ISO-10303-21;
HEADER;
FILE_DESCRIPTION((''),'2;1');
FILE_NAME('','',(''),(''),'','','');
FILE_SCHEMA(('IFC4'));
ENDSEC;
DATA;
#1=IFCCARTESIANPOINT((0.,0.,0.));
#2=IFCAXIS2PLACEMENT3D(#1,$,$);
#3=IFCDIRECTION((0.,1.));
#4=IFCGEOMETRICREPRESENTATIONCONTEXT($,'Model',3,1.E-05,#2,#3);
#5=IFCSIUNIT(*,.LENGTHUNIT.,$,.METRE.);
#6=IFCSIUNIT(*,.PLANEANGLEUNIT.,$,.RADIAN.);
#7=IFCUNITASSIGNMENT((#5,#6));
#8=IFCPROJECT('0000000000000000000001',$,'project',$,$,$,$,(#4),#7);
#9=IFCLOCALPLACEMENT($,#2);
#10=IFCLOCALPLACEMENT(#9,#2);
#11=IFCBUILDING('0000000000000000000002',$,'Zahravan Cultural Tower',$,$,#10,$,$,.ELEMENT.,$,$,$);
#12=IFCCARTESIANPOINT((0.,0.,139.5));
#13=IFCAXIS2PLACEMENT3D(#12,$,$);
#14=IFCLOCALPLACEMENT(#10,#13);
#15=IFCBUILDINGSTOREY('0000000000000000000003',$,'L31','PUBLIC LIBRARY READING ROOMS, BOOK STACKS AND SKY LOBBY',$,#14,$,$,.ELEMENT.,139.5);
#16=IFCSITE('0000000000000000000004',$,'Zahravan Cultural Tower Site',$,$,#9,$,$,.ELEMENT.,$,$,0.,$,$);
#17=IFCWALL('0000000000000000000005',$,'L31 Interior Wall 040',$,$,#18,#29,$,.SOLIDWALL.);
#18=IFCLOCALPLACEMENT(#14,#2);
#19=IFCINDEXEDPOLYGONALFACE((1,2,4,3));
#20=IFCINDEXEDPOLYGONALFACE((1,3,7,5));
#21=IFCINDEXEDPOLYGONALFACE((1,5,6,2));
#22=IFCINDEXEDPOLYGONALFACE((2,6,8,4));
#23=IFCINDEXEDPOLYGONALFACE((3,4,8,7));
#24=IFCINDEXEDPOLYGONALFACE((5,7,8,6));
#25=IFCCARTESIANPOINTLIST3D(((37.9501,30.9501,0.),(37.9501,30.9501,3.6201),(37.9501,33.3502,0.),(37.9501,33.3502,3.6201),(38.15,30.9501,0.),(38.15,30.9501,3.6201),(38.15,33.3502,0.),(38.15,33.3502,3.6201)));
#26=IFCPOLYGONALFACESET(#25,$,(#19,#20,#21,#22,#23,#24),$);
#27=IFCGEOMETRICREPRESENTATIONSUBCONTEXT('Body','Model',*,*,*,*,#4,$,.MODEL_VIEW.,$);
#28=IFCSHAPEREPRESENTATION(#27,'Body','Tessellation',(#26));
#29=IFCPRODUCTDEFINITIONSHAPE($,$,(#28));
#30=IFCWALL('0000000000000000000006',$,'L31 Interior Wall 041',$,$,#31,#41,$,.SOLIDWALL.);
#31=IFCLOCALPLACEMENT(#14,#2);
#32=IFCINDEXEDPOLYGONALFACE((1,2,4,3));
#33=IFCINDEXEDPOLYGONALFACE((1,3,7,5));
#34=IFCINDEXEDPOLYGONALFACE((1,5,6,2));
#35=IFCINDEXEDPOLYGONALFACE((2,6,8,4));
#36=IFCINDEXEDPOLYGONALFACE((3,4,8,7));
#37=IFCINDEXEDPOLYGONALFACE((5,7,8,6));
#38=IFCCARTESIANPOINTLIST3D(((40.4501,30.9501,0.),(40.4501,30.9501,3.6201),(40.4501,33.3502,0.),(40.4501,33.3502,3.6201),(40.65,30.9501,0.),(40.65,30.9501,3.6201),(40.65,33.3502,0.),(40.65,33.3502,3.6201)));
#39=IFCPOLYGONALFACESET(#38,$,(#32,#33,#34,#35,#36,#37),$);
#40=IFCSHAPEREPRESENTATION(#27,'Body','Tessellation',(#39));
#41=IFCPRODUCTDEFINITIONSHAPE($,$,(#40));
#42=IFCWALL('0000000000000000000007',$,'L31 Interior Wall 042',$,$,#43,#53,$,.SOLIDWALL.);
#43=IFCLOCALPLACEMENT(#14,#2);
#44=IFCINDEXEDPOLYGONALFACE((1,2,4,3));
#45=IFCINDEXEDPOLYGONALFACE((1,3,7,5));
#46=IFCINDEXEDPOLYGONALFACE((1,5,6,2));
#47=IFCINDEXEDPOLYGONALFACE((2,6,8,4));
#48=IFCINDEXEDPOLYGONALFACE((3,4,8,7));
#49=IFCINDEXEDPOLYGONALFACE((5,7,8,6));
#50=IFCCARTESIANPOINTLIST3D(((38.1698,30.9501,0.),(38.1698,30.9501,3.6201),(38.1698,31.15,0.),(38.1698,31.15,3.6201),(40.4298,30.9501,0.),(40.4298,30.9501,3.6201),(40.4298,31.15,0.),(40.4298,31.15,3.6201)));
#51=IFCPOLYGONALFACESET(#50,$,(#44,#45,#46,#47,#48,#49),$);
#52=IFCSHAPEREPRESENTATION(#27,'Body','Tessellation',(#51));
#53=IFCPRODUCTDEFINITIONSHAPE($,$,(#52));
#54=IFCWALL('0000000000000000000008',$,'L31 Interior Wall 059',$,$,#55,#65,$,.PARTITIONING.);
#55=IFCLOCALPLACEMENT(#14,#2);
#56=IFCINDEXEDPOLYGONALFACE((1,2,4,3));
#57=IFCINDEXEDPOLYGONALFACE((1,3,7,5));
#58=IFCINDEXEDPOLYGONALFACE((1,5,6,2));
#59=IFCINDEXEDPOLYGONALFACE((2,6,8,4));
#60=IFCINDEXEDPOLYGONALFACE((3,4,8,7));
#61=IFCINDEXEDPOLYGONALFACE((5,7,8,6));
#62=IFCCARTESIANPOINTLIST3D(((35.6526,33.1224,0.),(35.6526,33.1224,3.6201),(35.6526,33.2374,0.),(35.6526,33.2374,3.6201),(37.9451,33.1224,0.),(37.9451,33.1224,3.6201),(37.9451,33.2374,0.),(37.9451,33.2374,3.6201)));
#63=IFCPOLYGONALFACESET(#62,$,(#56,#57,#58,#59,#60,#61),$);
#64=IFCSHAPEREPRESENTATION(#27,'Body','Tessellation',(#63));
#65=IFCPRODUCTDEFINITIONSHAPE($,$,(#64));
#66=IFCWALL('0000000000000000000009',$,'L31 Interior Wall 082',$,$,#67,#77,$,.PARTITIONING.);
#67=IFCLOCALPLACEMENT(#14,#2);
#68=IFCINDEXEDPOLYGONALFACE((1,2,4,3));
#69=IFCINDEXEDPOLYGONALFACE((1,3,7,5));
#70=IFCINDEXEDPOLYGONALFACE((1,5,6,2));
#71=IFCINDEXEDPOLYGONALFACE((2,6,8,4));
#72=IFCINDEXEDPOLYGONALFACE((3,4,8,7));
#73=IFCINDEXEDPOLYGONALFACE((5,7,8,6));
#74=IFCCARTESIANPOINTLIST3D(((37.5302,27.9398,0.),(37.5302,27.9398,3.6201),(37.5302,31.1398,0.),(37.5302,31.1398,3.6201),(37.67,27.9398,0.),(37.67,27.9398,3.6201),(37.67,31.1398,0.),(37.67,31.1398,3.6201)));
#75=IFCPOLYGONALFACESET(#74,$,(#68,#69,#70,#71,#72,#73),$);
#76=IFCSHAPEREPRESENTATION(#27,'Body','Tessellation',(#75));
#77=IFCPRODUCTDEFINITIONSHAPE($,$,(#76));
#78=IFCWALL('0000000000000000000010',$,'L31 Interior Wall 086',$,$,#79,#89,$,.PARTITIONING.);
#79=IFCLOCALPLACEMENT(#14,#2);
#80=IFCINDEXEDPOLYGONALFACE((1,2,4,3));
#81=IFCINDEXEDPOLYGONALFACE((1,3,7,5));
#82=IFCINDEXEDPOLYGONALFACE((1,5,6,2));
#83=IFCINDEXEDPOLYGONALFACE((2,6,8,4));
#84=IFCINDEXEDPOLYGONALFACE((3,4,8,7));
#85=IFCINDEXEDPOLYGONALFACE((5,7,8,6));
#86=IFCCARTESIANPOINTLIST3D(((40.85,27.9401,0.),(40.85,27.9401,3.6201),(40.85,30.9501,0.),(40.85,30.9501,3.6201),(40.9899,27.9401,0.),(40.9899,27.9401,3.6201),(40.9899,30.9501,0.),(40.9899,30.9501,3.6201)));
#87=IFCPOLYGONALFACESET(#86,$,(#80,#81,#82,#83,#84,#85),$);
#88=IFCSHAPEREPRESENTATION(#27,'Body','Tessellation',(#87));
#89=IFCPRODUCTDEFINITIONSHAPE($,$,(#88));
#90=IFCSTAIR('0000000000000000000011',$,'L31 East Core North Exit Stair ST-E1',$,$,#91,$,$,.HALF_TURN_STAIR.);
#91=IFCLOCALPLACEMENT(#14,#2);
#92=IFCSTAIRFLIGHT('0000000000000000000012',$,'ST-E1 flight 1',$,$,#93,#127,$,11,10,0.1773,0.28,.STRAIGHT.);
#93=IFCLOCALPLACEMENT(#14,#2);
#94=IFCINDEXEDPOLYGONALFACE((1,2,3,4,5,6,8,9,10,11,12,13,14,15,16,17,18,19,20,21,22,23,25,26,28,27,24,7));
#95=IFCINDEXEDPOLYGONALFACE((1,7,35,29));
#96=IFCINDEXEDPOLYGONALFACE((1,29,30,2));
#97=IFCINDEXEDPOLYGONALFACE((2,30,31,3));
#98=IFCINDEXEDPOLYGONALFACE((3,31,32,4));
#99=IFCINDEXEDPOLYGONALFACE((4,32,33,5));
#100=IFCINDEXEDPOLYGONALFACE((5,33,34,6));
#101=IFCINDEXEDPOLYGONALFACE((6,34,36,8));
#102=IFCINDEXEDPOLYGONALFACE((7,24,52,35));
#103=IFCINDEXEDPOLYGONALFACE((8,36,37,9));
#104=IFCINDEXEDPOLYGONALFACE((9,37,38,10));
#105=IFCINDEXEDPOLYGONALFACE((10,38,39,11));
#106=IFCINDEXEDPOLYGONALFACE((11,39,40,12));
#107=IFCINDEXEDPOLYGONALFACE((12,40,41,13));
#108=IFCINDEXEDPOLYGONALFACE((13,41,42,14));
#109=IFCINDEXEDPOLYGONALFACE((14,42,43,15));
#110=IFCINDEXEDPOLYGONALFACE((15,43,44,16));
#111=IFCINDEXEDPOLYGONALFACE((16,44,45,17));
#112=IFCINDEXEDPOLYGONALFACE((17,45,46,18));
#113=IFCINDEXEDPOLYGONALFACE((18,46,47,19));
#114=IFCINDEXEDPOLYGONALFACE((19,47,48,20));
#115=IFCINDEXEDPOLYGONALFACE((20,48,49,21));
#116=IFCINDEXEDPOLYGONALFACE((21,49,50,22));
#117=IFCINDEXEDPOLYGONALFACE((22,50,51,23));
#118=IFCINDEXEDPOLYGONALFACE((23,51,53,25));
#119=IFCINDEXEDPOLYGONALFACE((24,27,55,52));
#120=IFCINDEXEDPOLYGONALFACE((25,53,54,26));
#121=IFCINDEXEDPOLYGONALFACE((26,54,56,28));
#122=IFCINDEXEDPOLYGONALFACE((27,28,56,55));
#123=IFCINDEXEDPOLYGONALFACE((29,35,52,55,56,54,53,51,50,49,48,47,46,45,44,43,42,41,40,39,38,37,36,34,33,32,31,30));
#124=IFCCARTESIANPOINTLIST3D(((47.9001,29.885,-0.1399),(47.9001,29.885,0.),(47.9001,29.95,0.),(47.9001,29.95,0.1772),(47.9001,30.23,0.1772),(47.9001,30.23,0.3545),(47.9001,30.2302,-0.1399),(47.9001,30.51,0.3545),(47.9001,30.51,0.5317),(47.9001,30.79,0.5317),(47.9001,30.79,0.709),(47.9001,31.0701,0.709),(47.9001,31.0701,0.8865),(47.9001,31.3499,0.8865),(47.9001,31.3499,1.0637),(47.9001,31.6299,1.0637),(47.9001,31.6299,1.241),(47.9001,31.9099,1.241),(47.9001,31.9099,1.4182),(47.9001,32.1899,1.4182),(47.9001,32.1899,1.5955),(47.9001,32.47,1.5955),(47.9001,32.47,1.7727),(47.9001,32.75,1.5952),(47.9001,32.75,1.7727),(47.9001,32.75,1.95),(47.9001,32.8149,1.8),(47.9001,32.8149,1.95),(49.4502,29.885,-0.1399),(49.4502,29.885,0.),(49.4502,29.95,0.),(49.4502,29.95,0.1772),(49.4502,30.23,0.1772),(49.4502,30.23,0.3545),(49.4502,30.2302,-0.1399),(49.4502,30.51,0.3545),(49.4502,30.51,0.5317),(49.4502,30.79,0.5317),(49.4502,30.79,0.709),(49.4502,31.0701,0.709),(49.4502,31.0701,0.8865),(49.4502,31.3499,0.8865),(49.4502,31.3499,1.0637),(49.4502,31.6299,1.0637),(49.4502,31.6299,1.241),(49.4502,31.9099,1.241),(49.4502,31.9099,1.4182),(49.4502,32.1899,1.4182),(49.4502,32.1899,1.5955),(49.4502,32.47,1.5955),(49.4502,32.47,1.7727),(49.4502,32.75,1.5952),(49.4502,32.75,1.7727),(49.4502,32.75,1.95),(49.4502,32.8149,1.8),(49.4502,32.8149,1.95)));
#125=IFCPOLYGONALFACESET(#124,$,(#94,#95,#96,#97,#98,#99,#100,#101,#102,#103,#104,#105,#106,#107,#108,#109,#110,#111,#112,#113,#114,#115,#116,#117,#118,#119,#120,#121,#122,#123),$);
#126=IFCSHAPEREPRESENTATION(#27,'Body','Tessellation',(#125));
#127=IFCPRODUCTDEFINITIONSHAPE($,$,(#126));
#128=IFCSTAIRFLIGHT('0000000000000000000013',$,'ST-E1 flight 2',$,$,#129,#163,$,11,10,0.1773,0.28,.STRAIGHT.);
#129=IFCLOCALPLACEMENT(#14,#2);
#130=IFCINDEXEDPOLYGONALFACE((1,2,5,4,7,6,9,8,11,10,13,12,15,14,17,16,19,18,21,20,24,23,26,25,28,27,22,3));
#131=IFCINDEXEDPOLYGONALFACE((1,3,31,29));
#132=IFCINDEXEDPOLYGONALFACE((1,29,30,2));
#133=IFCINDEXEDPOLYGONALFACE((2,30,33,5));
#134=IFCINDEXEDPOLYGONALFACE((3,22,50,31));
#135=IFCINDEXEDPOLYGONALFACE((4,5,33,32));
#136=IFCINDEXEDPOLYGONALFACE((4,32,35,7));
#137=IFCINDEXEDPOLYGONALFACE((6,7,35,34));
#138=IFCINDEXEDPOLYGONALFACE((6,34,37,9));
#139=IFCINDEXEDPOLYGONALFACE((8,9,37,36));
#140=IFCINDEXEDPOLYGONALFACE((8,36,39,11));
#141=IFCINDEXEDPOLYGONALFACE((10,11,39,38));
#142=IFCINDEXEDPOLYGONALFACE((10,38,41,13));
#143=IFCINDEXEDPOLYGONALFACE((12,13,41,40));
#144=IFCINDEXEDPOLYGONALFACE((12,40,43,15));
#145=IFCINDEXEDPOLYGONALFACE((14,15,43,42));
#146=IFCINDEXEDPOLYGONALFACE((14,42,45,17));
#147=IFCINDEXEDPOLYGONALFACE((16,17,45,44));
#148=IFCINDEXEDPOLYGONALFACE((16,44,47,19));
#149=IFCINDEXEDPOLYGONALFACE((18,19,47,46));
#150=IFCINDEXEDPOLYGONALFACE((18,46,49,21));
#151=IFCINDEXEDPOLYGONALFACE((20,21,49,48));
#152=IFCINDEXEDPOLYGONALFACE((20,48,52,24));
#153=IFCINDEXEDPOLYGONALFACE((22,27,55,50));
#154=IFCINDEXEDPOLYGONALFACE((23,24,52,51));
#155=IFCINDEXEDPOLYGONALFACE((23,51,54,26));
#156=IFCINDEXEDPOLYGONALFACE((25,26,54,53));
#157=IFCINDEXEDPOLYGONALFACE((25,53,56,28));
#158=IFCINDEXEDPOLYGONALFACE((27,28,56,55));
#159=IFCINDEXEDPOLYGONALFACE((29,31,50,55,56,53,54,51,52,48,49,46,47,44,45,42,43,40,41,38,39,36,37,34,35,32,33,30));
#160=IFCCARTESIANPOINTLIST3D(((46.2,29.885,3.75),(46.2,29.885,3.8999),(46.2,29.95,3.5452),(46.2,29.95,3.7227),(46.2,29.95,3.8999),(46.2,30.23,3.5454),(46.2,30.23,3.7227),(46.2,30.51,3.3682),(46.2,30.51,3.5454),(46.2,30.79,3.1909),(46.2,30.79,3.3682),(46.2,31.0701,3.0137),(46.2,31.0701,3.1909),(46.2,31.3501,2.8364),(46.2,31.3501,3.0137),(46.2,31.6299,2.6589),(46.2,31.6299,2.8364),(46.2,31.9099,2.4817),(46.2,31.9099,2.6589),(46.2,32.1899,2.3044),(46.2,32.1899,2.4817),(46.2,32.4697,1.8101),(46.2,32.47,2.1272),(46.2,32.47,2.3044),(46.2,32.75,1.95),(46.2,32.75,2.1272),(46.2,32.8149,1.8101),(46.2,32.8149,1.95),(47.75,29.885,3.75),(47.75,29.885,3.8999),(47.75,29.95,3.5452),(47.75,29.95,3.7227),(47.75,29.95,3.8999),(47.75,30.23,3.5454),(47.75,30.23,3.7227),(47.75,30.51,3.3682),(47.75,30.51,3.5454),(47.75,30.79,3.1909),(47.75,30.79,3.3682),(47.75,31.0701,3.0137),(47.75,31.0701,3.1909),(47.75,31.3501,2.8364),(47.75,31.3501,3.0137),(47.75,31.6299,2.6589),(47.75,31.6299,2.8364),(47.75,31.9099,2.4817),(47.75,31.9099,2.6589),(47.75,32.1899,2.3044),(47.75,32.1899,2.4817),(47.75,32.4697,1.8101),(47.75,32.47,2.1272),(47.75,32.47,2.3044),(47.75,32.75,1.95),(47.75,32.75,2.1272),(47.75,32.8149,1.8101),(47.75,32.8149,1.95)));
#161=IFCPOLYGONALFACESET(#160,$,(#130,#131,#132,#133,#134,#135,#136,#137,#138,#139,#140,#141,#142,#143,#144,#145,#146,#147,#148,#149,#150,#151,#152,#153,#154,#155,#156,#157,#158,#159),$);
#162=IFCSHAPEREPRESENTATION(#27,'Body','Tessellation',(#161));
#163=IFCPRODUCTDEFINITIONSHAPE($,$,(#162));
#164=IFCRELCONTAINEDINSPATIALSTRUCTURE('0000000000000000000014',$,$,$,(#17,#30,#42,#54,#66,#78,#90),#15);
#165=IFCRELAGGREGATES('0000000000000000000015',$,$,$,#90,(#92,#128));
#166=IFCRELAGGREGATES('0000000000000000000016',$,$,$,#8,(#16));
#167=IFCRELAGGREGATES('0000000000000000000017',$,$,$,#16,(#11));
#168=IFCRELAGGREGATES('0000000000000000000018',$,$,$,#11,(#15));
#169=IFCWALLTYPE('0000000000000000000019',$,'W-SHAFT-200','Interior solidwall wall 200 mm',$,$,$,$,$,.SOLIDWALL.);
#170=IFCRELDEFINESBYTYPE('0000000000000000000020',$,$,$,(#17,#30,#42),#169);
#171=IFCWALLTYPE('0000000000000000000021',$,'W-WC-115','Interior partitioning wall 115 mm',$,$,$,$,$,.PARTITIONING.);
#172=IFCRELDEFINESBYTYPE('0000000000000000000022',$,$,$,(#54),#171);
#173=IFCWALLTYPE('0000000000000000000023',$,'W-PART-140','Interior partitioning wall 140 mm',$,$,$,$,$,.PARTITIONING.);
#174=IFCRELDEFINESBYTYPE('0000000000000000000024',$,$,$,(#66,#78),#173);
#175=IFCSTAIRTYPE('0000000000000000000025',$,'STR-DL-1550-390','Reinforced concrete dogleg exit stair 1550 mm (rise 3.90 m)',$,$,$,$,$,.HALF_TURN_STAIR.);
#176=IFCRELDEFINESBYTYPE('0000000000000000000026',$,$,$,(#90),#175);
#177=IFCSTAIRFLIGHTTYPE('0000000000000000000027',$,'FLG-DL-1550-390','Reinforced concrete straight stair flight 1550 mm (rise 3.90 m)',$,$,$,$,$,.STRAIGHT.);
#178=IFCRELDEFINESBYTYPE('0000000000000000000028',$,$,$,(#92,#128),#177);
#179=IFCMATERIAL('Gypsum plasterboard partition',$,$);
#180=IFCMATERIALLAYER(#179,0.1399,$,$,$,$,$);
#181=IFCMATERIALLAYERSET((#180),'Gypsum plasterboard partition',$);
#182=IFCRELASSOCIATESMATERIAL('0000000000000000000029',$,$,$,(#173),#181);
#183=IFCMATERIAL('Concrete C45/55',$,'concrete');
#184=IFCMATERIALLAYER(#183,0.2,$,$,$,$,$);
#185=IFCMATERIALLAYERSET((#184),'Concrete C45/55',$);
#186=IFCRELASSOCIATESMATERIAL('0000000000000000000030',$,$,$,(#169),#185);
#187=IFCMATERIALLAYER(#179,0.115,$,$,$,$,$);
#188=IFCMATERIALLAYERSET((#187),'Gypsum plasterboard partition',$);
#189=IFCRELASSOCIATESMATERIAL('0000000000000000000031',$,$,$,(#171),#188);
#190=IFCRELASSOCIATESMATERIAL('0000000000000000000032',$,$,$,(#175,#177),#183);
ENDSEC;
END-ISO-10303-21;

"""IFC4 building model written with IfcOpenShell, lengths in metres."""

from ifc_helpers import new_model, si_unit, direction, frame, frame_2d, origin, place, context, subcontext, project, spatial, polyline, rectangle, outline, extrude, source, transform, mapped, material, layer, layer_set, type_object, element, aggregate, save


model = new_model("IFC4")

# Units and contexts
model_context = context("Model", 3, precision=1e-05, world=origin(), true_north=direction((0.0, 1.0)))
body_context = subcontext(model_context, "Body", "Model", "MODEL_VIEW")
ifc_project = project(units=[si_unit("LENGTHUNIT", "METRE"), si_unit("PLANEANGLEUNIT", "RADIAN")], contexts=[model_context])

# Site, building, storey
site_placement = place(None, origin())
site = spatial("IfcSite", under=ifc_project, at=site_placement, Name="Zahravan Cultural Tower Site", CompositionType="ELEMENT", RefElevation=0.0)
building_placement = place(site_placement, origin())
building = spatial("IfcBuilding", under=site, at=building_placement, Name="Zahravan Cultural Tower", CompositionType="ELEMENT")
storey_placement = place(building_placement, frame((0.0, 0.0, 139.5)))
storey = spatial("IfcBuildingStorey", under=building, at=storey_placement, Name="L31", Description="PUBLIC LIBRARY READING ROOMS, BOOK STACKS AND SKY LOBBY", CompositionType="ELEMENT", Elevation=139.5)

# Shared definitions
ifc_material_1 = material(Name="Gypsum plasterboard partition")
ifc_layer_1 = layer(ifc_material_1, 0.1399)
ifc_layer_set_1 = layer_set([ifc_layer_1], Name="Gypsum plasterboard partition")
wall_type_1 = type_object("IfcWallType", Name="W-PART-140", Description="Interior partitioning wall 140 mm", PredefinedType="PARTITIONING", material=ifc_layer_set_1)
ifc_material_2 = material(Name="Concrete C45/55", Category="concrete")
ifc_layer_2 = layer(ifc_material_2, 0.2)
ifc_layer_set_2 = layer_set([ifc_layer_2], Name="Concrete C45/55")
wall_type_2 = type_object("IfcWallType", Name="W-SHAFT-200", Description="Interior solidwall wall 200 mm", PredefinedType="SOLIDWALL", material=ifc_layer_set_2)
ifc_layer_3 = layer(ifc_material_1, 0.115)
ifc_layer_set_3 = layer_set([ifc_layer_3], Name="Gypsum plasterboard partition")
wall_type_3 = type_object("IfcWallType", Name="W-WC-115", Description="Interior partitioning wall 115 mm", PredefinedType="PARTITIONING", material=ifc_layer_set_3)

# Walls
shared_shape_1 = source(origin(), body_context, "Body", "SweptSolid", [
    extrude(rectangle(XDim=2.4001, YDim=0.2, at=frame_2d((1.2002, 0.0))), origin(), (0.0, 0.0, 1.0), 3.6201),
])
for number, where, z_axis, x_axis, name in (
    (1, (38.05, 30.95, 0.0), (0.0, 0.0, 1.0), (0.0, 1.0, 0.0), "L31 Interior Wall 040"),
    (2, (40.55, 30.95, 0.0), (0.0, 0.0, 1.0), (0.0, 1.0, 0.0), "L31 Interior Wall 041"),
):
    element("IfcWall", number, at=place(storey_placement, frame(where, z_axis=z_axis, x_axis=x_axis)), inside=storey, type_object=wall_type_2, Name=name, PredefinedType="SOLIDWALL", context=body_context, shape_type="MappedRepresentation", body=[
        mapped(shared_shape_1, transform((0.0, 0.0, 0.0), x_axis=(1.0, 0.0, 0.0), y_axis=(0.0, 1.0, 0.0), z_axis=(0.0, 0.0, 1.0), scale=1.0)),
    ])
shared_shape_2 = source(origin(), body_context, "Body", "SweptSolid", [
    extrude(rectangle(XDim=2.26, YDim=0.2, at=frame_2d((1.1299, 0.0))), origin(), (0.0, 0.0, 1.0), 3.6201),
])
wall_1_placement = place(storey_placement, frame((38.1699, 31.05, 0.0), z_axis=(0.0, 0.0, 1.0), x_axis=(1.0, 0.0, 0.0)))
element("IfcWall", 3, at=wall_1_placement, inside=storey, type_object=wall_type_2, Name="L31 Interior Wall 042", PredefinedType="SOLIDWALL", context=body_context, shape_type="MappedRepresentation", body=[
    mapped(shared_shape_2, transform((0.0, 0.0, 0.0), x_axis=(1.0, 0.0, 0.0), y_axis=(0.0, 1.0, 0.0), z_axis=(0.0, 0.0, 1.0), scale=1.0)),
])
shared_shape_3 = source(origin(), body_context, "Body", "SweptSolid", [
    extrude(rectangle(XDim=2.2925, YDim=0.115, at=frame_2d((1.1462, 0.0))), origin(), (0.0, 0.0, 1.0), 3.6201),
])
wall_2_placement = place(storey_placement, frame((35.6526, 33.1799, 0.0), z_axis=(0.0, 0.0, 1.0), x_axis=(1.0, 0.0, 0.0)))
element("IfcWall", 4, at=wall_2_placement, inside=storey, type_object=wall_type_3, Name="L31 Interior Wall 059", PredefinedType="PARTITIONING", context=body_context, shape_type="MappedRepresentation", body=[
    mapped(shared_shape_3, transform((0.0, 0.0, 0.0), x_axis=(1.0, 0.0, 0.0), y_axis=(0.0, 1.0, 0.0), z_axis=(0.0, 0.0, 1.0), scale=1.0)),
])
shared_shape_4 = source(origin(), body_context, "Body", "SweptSolid", [
    extrude(rectangle(XDim=3.2, YDim=0.1399, at=frame_2d((1.6001, 0.0))), origin(), (0.0, 0.0, 1.0), 3.6201),
])
wall_3_placement = place(storey_placement, frame((37.6001, 31.1399, 0.0), z_axis=(0.0, 0.0, 1.0), x_axis=(0.0, -1.0, 0.0)))
element("IfcWall", 5, at=wall_3_placement, inside=storey, type_object=wall_type_1, Name="L31 Interior Wall 082", PredefinedType="PARTITIONING", context=body_context, shape_type="MappedRepresentation", body=[
    mapped(shared_shape_4, transform((0.0, 0.0, 0.0), x_axis=(1.0, 0.0, 0.0), y_axis=(0.0, 1.0, 0.0), z_axis=(0.0, 0.0, 1.0), scale=1.0)),
])
shared_shape_5 = source(origin(), body_context, "Body", "SweptSolid", [
    extrude(rectangle(XDim=3.01, YDim=0.1399, at=frame_2d((1.5049, 0.0))), origin(), (0.0, 0.0, 1.0), 3.6201),
])
wall_4_placement = place(storey_placement, frame((40.9199, 30.95, 0.0), z_axis=(0.0, 0.0, 1.0), x_axis=(0.0, -1.0, 0.0)))
element("IfcWall", 6, at=wall_4_placement, inside=storey, type_object=wall_type_1, Name="L31 Interior Wall 086", PredefinedType="PARTITIONING", context=body_context, shape_type="MappedRepresentation", body=[
    mapped(shared_shape_5, transform((0.0, 0.0, 0.0), x_axis=(1.0, 0.0, 0.0), y_axis=(0.0, 1.0, 0.0), z_axis=(0.0, 0.0, 1.0), scale=1.0)),
])

# Stair, stair flights
stair_type = type_object("IfcStairType", Name="STR-DL-1550-390", Description="Reinforced concrete dogleg exit stair 1550 mm (rise 3.90 m)", PredefinedType="HALF_TURN_STAIR", material=ifc_material_2)
stair_placement = place(storey_placement, origin())
stair = element("IfcStair", 7, at=stair_placement, inside=storey, type_object=stair_type, Name="L31 East Core North Exit Stair ST-E1", PredefinedType="HALF_TURN_STAIR")
stair_flight_type = type_object("IfcStairFlightType", Name="FLG-DL-1550-390", Description="Reinforced concrete straight stair flight 1550 mm (rise 3.90 m)", PredefinedType="STRAIGHT", material=ifc_material_2)
stair_flight_1_placement = place(storey_placement, frame((48.675, 29.95, 0.0), z_axis=(0.0, 0.0, 1.0), x_axis=(0.0, 1.0, 0.0)))
stair_flight_1 = element("IfcStairFlight", 8, at=stair_flight_1_placement, type_object=stair_flight_type, Name="ST-E1 flight 1", NumberOfRisers=11, NumberOfTreads=10, PredefinedType="STRAIGHT", RiserHeight=0.1773, TreadLength=0.28, context=body_context, shape_type="SweptSolid", body=[
    extrude(outline(polyline([(-0.0649, -0.1399), (-0.0649, 0.0), (0.0, 0.0), (0.0, 0.1772), (0.28, 0.1772), (0.28, 0.3545), (0.5601, 0.3545), (0.5601, 0.5317), (0.8401, 0.5317), (0.8401, 0.709), (1.1201, 0.709), (1.1201, 0.8865), (1.3999, 0.8865), (1.3999, 1.0637), (1.6799, 1.0637), (1.6799, 1.241), (1.96, 1.241), (1.96, 1.4182), (2.24, 1.4182), (2.24, 1.5955), (2.52, 1.5955), (2.52, 1.7727), (2.8, 1.7727), (2.8, 1.95), (2.865, 1.95), (2.865, 1.8), (2.8, 1.5952), (0.2803, -0.1399), (-0.0649, -0.1399)])), frame((0.0, 0.7749, 0.0), z_axis=(0.0, -1.0, 0.0), x_axis=(1.0, 0.0, 0.0)), (0.0, 0.0, 1.0), 1.55),
])
stair_flight_2_placement = place(storey_placement, frame((46.9751, 32.75, 1.95), z_axis=(0.0, 0.0, 1.0), x_axis=(0.0, -1.0, 0.0)))
stair_flight_2 = element("IfcStairFlight", 9, at=stair_flight_2_placement, type_object=stair_flight_type, Name="ST-E1 flight 2", NumberOfRisers=11, NumberOfTreads=10, PredefinedType="STRAIGHT", RiserHeight=0.1773, TreadLength=0.28, context=body_context, shape_type="SweptSolid", body=[
    extrude(outline(polyline([(-0.0649, -0.1399), (-0.0649, 0.0), (0.0, 0.0), (0.0, 0.1772), (0.28, 0.1772), (0.28, 0.3545), (0.5601, 0.3545), (0.5601, 0.5317), (0.8401, 0.5317), (0.8401, 0.709), (1.1201, 0.709), (1.1201, 0.8865), (1.3999, 0.8865), (1.3999, 1.0637), (1.6799, 1.0637), (1.6799, 1.241), (1.96, 1.241), (1.96, 1.4182), (2.24, 1.4182), (2.24, 1.5955), (2.52, 1.5955), (2.52, 1.7727), (2.8, 1.7727), (2.8, 1.95), (2.865, 1.95), (2.865, 1.8), (2.8, 1.5952), (0.2803, -0.1399), (-0.0649, -0.1399)])), frame((0.0, 0.7749, 0.0), z_axis=(0.0, -1.0, 0.0), x_axis=(1.0, 0.0, 0.0)), (0.0, 0.0, 1.0), 1.55),
])
aggregate(stair, [stair_flight_1, stair_flight_2])

save(model, "model.ifc")
